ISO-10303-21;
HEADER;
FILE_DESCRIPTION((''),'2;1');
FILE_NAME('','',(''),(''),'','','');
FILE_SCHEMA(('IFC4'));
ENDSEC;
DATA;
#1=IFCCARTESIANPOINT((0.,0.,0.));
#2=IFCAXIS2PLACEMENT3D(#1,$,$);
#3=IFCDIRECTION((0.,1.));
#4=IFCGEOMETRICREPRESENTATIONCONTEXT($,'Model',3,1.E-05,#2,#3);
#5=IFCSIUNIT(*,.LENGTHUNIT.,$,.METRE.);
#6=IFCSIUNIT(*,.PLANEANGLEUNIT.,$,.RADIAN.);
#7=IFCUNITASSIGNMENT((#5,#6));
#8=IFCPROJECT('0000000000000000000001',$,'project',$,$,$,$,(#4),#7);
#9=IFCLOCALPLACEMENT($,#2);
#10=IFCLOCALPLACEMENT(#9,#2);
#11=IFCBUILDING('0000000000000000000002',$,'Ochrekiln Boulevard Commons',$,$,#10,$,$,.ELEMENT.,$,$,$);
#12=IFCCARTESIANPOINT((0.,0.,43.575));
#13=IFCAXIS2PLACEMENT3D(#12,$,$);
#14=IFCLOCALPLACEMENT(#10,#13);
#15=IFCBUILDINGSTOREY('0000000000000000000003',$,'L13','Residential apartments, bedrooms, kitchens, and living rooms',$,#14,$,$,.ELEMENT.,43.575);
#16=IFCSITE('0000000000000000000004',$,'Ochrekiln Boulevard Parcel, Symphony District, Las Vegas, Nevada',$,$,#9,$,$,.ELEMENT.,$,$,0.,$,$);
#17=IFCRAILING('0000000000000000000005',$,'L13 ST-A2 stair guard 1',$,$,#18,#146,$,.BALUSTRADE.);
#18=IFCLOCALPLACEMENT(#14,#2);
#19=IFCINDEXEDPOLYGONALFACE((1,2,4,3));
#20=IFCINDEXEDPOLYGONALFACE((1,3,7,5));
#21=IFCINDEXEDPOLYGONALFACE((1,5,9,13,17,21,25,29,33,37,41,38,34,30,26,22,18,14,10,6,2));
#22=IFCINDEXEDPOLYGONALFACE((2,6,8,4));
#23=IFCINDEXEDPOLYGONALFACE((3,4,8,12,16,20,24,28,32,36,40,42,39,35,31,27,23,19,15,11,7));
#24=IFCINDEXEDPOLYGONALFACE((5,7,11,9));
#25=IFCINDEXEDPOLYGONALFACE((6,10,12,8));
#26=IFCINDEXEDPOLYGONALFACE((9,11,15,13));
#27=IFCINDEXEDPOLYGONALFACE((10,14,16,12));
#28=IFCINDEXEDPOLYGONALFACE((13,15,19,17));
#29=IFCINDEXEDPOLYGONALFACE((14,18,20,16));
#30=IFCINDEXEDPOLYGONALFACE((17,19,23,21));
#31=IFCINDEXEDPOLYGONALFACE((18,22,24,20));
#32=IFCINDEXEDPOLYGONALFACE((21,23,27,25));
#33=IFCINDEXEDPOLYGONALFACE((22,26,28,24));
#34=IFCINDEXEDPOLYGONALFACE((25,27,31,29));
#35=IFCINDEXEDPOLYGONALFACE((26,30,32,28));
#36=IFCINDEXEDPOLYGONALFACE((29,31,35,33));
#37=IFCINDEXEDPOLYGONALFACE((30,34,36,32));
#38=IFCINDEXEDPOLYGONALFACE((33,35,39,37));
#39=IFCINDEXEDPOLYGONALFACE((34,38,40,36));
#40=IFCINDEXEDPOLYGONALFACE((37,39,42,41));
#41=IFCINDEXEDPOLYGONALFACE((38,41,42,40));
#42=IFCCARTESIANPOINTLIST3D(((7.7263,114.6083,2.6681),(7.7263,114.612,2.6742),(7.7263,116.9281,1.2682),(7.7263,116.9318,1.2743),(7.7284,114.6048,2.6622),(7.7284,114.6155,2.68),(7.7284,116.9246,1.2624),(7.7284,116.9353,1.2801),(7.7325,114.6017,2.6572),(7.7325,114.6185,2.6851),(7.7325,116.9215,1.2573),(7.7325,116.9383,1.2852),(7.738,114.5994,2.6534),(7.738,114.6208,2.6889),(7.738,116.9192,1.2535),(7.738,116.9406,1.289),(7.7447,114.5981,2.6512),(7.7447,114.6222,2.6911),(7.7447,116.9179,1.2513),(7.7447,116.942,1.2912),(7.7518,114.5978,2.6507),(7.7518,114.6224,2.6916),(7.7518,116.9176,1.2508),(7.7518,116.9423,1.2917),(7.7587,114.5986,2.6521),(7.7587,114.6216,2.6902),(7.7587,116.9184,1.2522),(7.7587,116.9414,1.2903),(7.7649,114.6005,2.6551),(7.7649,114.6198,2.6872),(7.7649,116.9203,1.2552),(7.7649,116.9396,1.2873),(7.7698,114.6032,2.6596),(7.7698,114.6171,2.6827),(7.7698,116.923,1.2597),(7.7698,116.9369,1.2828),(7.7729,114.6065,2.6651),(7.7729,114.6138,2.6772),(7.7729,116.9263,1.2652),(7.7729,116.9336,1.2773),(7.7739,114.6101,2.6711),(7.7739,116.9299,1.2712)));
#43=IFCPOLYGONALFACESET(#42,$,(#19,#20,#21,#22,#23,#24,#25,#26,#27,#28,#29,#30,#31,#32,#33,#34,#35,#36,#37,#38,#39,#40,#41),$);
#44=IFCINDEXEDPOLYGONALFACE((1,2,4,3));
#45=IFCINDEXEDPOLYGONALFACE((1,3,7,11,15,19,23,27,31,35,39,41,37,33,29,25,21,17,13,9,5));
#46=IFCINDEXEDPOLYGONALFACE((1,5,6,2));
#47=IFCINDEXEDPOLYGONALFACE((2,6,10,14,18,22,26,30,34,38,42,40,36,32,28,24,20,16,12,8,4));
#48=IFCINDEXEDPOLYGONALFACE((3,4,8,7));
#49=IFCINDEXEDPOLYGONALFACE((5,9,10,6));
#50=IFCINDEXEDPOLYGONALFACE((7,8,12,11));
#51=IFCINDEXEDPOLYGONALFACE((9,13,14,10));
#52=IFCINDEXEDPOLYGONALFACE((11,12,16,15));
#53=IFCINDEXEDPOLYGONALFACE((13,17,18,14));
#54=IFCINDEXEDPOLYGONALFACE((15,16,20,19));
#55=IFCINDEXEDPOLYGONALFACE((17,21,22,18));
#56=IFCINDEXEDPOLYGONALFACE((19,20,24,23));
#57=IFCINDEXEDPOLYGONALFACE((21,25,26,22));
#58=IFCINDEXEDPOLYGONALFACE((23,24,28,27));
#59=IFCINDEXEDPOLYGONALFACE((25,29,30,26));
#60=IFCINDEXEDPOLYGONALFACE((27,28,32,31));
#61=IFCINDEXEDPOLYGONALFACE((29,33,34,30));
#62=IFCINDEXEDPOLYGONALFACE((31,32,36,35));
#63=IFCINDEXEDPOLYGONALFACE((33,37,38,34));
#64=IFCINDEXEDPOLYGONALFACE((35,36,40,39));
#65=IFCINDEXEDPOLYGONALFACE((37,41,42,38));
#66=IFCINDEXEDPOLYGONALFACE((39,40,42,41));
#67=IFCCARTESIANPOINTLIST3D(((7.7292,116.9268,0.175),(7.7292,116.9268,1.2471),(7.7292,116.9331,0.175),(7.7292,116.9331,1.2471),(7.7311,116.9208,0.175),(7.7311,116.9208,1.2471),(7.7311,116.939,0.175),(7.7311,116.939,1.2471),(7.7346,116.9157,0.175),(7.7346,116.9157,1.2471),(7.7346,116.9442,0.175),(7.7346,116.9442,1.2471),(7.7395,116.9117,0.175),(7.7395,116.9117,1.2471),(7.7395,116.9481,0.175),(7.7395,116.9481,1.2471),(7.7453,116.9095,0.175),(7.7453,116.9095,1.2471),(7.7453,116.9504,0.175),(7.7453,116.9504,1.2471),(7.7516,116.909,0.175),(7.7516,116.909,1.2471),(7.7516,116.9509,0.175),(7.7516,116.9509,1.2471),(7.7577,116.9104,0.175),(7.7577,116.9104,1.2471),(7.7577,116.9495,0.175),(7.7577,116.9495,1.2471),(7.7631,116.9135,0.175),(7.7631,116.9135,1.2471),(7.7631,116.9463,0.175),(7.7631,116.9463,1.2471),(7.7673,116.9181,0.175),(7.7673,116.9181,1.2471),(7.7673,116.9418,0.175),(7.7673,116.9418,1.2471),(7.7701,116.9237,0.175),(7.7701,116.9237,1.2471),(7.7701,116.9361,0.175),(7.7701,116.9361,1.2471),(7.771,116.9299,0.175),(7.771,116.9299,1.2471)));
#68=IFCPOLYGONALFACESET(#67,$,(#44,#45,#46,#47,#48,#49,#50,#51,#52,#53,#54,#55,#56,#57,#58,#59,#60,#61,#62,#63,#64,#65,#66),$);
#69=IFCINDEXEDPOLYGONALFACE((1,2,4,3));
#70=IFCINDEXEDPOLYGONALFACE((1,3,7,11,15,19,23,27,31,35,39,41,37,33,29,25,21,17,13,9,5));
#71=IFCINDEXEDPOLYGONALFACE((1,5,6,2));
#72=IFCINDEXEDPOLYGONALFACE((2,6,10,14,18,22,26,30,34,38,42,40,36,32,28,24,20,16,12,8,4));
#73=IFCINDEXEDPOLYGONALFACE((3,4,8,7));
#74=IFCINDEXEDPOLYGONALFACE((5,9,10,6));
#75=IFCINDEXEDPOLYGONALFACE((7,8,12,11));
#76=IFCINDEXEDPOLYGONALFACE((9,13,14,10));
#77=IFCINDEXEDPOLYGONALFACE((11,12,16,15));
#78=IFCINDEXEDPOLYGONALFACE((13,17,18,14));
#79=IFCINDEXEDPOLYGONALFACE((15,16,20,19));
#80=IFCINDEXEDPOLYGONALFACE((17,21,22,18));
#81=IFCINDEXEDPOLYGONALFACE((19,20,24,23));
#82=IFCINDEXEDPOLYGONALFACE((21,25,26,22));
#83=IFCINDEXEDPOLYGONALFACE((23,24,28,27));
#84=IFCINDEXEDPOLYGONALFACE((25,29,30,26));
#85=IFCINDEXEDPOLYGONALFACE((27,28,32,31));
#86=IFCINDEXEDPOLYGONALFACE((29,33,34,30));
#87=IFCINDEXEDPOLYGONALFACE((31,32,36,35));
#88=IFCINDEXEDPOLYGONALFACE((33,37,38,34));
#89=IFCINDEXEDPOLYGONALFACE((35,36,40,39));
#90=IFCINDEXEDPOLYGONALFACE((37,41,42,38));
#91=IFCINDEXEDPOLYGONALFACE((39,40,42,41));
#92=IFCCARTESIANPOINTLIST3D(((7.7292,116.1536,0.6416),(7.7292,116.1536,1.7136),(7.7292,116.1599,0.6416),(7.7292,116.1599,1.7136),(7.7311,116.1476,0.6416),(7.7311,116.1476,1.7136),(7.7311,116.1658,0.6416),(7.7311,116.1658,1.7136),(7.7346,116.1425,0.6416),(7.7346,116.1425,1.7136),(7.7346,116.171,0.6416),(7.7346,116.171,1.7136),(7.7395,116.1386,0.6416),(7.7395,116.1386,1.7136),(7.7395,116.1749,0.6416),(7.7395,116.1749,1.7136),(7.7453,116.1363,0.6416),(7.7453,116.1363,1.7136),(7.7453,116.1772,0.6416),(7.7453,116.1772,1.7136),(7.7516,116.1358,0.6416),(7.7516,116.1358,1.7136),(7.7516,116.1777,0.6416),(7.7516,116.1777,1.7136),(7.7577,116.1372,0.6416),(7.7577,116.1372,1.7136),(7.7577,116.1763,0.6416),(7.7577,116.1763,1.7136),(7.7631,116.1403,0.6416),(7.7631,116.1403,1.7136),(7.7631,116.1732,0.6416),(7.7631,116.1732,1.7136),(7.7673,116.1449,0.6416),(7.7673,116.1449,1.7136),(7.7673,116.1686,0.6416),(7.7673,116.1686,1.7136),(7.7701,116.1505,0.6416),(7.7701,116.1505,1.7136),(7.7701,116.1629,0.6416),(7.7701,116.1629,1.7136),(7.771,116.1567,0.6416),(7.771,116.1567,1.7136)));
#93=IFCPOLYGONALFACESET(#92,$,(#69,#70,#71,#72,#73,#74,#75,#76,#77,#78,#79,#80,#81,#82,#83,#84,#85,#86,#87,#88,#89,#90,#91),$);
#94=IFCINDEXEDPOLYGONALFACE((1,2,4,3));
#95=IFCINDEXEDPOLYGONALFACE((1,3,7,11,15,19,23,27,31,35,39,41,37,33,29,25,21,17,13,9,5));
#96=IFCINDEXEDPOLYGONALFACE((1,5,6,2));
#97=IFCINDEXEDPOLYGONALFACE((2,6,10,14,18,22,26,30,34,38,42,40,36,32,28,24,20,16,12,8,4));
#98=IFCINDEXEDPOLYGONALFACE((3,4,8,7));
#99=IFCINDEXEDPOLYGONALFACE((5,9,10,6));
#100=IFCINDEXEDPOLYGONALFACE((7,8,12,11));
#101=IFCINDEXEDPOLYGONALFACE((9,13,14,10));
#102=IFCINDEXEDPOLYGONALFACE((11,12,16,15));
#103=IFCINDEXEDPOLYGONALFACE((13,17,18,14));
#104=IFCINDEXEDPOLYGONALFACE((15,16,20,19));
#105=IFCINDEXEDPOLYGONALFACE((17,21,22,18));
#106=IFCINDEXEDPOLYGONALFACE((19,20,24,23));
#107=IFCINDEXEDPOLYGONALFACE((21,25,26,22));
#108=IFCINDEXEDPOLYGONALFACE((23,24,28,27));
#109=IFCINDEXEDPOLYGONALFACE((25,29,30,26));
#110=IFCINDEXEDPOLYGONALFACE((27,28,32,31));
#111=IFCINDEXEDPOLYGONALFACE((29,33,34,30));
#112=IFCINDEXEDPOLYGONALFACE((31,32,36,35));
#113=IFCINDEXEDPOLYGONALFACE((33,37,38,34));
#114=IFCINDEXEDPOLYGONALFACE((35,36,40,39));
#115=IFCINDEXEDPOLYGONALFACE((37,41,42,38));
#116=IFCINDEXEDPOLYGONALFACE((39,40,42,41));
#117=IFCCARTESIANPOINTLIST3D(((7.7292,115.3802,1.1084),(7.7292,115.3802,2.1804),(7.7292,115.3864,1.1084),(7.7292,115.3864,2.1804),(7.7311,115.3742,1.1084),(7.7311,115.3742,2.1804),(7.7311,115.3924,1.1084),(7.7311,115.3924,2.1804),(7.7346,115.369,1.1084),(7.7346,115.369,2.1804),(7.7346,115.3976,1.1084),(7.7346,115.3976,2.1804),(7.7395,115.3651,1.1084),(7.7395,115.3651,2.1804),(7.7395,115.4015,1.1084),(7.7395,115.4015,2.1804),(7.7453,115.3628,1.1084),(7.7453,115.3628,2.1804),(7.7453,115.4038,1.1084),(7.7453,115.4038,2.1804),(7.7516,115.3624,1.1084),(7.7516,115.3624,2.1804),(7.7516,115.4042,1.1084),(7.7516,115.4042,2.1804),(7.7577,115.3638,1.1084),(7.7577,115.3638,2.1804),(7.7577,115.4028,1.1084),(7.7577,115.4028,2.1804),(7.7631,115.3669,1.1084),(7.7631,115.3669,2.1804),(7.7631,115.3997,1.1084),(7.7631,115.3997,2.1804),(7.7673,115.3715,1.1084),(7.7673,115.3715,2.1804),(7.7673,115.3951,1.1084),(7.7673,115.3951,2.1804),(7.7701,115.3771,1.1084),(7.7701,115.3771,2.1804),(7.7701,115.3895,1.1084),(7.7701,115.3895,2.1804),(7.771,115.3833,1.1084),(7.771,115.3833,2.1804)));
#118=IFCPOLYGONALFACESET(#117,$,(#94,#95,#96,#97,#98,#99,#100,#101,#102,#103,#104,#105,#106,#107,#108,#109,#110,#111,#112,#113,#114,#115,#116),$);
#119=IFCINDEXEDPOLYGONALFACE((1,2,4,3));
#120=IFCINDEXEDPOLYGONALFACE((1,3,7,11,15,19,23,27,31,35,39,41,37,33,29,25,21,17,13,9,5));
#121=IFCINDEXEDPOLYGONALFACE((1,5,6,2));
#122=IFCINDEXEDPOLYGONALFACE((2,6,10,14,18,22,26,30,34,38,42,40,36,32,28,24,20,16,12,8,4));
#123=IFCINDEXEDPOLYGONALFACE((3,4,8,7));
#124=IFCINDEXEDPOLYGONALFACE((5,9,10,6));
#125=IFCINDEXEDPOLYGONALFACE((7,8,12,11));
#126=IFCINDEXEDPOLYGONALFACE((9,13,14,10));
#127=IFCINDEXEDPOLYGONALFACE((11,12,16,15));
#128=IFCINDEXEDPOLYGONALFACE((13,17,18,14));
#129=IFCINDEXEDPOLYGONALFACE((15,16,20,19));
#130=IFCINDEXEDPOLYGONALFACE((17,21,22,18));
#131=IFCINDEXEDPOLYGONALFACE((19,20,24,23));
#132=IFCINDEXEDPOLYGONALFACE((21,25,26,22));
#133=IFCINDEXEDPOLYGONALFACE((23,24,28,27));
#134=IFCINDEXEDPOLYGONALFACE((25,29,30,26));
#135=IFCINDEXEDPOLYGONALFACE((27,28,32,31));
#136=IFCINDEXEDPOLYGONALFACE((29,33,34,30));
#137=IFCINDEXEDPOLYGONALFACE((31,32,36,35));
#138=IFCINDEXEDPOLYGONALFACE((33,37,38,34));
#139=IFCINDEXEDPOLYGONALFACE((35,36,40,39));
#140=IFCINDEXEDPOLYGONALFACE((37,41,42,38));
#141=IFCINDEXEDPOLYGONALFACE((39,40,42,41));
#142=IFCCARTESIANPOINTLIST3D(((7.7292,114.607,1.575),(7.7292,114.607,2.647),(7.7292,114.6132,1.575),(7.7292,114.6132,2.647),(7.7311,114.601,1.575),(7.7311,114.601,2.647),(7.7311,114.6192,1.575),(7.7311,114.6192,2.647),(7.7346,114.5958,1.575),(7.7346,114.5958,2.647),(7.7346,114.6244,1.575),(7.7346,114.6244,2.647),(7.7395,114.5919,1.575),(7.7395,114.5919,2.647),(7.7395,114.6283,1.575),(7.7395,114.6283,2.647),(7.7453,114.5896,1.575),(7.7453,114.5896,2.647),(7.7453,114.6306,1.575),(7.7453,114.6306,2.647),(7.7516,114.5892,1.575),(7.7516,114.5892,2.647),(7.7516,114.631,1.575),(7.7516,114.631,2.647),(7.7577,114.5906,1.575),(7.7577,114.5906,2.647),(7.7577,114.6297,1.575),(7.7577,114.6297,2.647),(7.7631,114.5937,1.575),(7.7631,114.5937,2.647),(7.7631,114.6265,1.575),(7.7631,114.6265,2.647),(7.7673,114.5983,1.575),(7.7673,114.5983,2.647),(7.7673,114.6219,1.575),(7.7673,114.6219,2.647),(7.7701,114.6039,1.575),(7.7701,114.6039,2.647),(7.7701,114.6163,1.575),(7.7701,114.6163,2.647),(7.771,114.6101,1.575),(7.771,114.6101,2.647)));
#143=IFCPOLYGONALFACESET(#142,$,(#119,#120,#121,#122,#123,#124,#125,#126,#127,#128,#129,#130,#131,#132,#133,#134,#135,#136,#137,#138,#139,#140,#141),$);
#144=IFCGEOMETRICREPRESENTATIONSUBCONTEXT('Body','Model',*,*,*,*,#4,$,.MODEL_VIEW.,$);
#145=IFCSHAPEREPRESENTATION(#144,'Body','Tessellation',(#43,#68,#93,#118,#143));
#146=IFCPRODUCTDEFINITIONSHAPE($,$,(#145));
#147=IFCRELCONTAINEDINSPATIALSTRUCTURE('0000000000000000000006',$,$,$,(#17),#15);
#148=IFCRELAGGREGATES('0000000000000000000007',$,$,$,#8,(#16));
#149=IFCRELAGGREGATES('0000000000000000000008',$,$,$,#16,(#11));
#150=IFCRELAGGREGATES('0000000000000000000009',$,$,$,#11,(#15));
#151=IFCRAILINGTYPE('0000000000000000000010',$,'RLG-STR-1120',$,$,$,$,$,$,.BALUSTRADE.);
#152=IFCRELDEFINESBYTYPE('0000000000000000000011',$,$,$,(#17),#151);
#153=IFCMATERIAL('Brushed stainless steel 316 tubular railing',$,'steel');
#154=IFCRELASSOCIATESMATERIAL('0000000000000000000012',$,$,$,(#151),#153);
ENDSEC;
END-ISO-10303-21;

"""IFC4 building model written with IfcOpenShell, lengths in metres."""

from ifc_helpers import new_model, si_unit, direction, frame, origin, origin_2d, place, context, subcontext, project, spatial, circle, extrude, material, type_object, element, save


model = new_model("IFC4")

# Units and contexts
model_context = context("Model", 3, precision=1e-05, world=origin(), true_north=direction((0.0, 1.0)))
body_context = subcontext(model_context, "Body", "Model", "MODEL_VIEW")
ifc_project = project(units=[si_unit("LENGTHUNIT", "METRE"), si_unit("PLANEANGLEUNIT", "RADIAN")], contexts=[model_context])

# Site, building, storey
site_placement = place(None, origin())
site = spatial("IfcSite", under=ifc_project, at=site_placement, Name="Ochrekiln Boulevard Parcel, Symphony District, Las Vegas, Nevada", CompositionType="ELEMENT", RefElevation=0.0)
building_placement = place(site_placement, origin())
building = spatial("IfcBuilding", under=site, at=building_placement, Name="Ochrekiln Boulevard Commons", CompositionType="ELEMENT")
storey_placement = place(building_placement, frame((0.0, 0.0, 43.575)))
storey = spatial("IfcBuildingStorey", under=building, at=storey_placement, Name="L13", Description="Residential apartments, bedrooms, kitchens, and living rooms", CompositionType="ELEMENT", Elevation=43.575)

# Railing
ifc_material_1 = material(Name="Brushed stainless steel 316 tubular railing", Category="steel")
railing_type_1 = type_object("IfcRailingType", Name="RLG-STR-1120", PredefinedType="BALUSTRADE", material=ifc_material_1)
railing_1_placement = place(storey_placement, frame((7.75, 116.9299, 0.175)))
element("IfcRailing", 1, at=railing_1_placement, inside=storey, type_object=railing_type_1, Name="L13 ST-A2 stair guard 1", PredefinedType="BALUSTRADE", context=body_context, shape_type="SweptSolid", body=[
    extrude(circle(Radius=0.0239, at=origin_2d()), frame((0.0, 0.0, 1.0962), z_axis=(0.0, -0.856186, 0.516667), x_axis=(1.0, 0.0, 0.0)), (0.0, 0.0, 1.0), 2.7095),
    extrude(circle(Radius=0.021, at=origin_2d()), origin(), (0.0, 0.0, 1.0), 1.072),
    extrude(circle(Radius=0.021, at=origin_2d()), frame((0.0, -0.7732, 0.4666)), (0.0, 0.0, 1.0), 1.072),
    extrude(circle(Radius=0.021, at=origin_2d()), frame((0.0, -1.5466, 0.9333)), (0.0, 0.0, 1.0), 1.072),
    extrude(circle(Radius=0.021, at=origin_2d()), frame((0.0, -2.3198, 1.3999)), (0.0, 0.0, 1.0), 1.072),
])

save(model, "model.ifc")
